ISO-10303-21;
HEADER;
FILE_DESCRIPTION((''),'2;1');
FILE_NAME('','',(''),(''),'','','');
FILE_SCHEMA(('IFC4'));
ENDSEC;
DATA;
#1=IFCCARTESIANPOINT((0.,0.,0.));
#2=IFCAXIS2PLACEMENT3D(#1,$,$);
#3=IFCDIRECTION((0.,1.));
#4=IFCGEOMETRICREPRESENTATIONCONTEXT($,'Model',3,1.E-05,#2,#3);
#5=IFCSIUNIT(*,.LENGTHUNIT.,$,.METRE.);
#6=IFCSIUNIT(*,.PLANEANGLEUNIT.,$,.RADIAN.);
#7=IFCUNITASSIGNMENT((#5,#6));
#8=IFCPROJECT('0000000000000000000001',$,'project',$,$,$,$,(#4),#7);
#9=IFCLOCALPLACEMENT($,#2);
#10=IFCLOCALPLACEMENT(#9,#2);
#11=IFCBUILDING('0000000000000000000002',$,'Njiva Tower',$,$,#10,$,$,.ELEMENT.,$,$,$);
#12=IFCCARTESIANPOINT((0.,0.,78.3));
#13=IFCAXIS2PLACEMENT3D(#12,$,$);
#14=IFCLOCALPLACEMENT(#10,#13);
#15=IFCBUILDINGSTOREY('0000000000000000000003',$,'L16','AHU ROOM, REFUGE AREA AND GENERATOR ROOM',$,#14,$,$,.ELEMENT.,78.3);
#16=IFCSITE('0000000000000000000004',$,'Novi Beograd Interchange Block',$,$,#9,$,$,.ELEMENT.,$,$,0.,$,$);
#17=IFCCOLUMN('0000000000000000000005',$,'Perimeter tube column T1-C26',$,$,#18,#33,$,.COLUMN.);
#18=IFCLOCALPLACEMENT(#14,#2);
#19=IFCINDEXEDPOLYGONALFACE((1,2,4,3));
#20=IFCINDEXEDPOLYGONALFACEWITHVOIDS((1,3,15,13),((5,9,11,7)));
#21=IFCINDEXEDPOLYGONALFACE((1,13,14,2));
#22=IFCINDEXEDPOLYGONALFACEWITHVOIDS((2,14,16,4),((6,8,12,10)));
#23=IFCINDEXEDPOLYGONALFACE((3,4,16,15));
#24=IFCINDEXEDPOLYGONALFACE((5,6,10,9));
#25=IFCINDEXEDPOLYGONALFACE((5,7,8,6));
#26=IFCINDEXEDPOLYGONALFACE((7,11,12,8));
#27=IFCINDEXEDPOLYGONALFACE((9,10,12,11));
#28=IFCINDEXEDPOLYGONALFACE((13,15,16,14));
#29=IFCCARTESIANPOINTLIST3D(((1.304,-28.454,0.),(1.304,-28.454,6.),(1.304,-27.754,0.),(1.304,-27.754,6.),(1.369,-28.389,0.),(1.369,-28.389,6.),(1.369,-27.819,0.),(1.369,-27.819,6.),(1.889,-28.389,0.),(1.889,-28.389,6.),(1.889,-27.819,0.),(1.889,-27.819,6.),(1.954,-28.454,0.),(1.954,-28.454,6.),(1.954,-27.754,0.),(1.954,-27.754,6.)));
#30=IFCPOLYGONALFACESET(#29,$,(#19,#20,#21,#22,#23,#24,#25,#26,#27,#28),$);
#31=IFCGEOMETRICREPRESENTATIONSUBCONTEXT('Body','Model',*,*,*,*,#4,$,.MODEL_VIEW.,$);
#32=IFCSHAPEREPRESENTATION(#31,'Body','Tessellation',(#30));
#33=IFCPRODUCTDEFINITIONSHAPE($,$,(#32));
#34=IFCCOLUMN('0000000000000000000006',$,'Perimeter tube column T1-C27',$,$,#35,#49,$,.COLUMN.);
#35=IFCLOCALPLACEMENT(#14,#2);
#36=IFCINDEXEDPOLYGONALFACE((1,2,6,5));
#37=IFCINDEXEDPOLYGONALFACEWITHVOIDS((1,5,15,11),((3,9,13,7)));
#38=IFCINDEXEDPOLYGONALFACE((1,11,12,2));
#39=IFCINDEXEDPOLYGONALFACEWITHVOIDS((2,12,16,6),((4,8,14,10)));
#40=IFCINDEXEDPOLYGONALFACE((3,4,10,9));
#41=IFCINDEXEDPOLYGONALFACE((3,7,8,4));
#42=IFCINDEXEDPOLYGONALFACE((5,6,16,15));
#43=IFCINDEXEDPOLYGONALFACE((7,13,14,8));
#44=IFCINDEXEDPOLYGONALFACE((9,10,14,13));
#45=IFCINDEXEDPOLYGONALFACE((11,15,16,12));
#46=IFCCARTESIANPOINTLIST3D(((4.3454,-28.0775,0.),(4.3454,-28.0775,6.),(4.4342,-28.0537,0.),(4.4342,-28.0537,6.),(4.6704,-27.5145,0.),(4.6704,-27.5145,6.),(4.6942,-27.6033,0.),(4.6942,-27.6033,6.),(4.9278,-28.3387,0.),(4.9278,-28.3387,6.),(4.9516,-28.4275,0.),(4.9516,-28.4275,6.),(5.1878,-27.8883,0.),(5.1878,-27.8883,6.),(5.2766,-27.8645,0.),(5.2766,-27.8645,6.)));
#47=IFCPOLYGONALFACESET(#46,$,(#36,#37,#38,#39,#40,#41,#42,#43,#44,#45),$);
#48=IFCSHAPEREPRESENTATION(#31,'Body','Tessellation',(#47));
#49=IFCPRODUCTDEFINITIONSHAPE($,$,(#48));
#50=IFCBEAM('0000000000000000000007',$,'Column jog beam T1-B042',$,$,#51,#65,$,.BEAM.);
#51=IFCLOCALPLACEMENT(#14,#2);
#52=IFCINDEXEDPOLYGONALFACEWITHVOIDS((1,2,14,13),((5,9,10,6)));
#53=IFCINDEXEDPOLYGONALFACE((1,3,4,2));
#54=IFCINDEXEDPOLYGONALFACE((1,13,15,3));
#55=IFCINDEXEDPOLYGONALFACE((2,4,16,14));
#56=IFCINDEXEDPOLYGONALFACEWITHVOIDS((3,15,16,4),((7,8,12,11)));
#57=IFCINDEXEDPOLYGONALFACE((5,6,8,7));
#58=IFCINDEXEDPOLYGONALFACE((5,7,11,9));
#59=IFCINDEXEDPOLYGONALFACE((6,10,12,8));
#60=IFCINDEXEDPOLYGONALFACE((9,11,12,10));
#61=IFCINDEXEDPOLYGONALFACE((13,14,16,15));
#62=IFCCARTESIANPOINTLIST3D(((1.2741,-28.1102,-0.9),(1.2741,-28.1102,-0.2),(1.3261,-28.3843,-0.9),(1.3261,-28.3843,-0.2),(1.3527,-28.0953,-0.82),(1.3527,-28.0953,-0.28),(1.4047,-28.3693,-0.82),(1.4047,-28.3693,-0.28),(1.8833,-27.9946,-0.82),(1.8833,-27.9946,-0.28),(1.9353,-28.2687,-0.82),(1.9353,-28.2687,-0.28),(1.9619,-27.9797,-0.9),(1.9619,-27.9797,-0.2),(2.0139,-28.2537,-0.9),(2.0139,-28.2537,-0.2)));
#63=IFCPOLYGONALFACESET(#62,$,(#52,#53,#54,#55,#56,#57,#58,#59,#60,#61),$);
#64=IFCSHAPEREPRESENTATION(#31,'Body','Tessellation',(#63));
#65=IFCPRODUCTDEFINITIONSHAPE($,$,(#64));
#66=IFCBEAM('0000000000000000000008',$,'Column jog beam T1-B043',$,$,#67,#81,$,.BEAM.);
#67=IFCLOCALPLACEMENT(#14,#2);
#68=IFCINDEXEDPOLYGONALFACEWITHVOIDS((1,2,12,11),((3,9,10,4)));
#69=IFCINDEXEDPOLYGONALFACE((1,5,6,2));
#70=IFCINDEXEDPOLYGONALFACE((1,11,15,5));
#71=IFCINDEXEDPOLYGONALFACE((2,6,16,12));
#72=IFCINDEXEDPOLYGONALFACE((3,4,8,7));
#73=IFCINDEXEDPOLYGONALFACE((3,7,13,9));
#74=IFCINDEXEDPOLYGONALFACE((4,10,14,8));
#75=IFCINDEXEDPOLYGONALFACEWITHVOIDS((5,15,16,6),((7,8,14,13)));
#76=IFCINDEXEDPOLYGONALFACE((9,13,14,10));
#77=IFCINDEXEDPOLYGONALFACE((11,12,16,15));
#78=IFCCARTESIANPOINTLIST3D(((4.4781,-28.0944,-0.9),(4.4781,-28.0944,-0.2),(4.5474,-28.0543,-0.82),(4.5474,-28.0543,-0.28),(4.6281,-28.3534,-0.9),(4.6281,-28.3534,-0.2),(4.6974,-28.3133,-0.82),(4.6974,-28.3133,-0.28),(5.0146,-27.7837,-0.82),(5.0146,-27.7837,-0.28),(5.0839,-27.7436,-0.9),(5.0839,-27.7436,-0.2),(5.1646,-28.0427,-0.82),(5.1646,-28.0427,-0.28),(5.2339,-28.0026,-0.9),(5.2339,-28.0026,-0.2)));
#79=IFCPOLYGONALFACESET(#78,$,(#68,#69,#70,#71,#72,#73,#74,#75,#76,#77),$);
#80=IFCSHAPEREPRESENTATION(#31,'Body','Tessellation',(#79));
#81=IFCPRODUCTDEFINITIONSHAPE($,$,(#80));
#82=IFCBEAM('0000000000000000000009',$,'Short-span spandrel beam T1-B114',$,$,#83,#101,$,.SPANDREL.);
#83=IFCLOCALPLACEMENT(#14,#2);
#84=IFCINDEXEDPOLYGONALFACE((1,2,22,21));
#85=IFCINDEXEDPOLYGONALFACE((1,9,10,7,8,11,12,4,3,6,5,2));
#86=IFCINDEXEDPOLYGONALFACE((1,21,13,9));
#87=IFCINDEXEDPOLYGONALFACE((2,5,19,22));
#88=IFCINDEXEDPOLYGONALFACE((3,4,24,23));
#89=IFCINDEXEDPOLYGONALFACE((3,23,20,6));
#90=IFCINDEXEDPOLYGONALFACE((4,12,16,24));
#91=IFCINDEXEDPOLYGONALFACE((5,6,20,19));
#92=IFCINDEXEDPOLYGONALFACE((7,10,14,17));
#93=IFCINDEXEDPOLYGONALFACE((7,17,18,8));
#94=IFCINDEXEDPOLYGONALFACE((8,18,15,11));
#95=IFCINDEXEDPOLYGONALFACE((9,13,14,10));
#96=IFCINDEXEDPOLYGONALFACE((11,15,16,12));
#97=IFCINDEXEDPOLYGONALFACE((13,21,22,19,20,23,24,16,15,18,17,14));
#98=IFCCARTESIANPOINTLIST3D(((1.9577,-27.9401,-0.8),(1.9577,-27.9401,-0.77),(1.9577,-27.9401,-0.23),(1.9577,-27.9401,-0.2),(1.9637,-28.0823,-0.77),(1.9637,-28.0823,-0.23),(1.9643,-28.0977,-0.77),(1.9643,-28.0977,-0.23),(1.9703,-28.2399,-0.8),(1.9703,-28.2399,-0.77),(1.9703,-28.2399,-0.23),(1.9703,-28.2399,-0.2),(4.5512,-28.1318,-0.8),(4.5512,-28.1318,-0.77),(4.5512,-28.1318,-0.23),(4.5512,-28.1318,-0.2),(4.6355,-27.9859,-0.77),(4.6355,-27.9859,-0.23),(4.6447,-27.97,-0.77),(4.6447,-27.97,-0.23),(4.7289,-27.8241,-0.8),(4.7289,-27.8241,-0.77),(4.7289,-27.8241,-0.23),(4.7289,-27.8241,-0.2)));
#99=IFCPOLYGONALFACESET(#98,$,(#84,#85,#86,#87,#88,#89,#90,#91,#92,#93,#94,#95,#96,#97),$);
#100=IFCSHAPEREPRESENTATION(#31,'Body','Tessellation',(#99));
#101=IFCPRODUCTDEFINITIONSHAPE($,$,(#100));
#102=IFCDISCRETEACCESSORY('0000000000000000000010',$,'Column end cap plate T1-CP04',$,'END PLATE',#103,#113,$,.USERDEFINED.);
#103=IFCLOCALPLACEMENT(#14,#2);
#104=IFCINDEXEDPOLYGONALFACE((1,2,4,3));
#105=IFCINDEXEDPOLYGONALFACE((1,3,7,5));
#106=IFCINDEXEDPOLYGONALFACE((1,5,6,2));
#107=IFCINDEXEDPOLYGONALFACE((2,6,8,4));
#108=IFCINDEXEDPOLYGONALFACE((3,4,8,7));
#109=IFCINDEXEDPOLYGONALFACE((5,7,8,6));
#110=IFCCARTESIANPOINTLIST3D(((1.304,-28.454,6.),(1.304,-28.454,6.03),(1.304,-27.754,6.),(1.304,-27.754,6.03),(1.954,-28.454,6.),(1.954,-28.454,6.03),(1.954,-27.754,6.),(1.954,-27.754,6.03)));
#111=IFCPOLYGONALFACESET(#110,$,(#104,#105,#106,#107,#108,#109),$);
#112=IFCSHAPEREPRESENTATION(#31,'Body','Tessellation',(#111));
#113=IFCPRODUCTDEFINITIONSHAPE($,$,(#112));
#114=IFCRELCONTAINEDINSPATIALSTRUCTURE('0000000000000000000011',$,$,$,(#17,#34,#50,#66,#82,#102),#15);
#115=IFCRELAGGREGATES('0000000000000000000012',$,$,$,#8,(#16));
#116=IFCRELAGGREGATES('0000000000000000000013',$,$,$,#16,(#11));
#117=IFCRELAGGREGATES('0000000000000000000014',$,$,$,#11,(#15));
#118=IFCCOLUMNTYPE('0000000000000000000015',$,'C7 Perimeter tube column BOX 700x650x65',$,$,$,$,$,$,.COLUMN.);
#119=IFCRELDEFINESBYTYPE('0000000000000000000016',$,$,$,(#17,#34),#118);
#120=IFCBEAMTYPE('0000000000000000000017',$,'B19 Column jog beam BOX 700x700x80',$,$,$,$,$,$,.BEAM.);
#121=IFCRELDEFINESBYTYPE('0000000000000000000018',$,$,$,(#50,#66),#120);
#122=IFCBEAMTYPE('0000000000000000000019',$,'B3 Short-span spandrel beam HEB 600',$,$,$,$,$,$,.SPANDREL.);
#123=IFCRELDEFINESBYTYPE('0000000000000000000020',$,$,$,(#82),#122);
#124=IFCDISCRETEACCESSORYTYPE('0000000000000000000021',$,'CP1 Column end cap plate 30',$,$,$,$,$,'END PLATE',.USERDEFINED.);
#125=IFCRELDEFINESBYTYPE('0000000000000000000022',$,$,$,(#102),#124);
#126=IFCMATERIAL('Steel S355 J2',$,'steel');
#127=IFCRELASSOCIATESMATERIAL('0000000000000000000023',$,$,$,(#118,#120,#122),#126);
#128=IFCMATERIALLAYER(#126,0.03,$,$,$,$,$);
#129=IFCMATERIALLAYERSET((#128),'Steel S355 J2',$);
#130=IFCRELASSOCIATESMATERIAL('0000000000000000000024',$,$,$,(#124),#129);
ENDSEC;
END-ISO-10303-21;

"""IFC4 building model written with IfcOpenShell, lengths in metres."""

from ifc_helpers import new_model, si_unit, direction, frame, origin, origin_2d, place, context, subcontext, project, spatial, polyline, hollow_rectangle, i_section, outline, extrude, clip, halfspace, material, layer, layer_set, material_profile, profile_set, type_object, element, save


model = new_model("IFC4")

# Units and contexts
model_context = context("Model", 3, precision=1e-05, world=origin(), true_north=direction((0.0, 1.0)))
body_context = subcontext(model_context, "Body", "Model", "MODEL_VIEW")
ifc_project = project(units=[si_unit("LENGTHUNIT", "METRE"), si_unit("PLANEANGLEUNIT", "RADIAN")], contexts=[model_context])

# Site, building, storey
site_placement = place(None, origin())
site = spatial("IfcSite", under=ifc_project, at=site_placement, Name="Novi Beograd Interchange Block", CompositionType="ELEMENT", RefElevation=0.0)
building_placement = place(site_placement, origin())
building = spatial("IfcBuilding", under=site, at=building_placement, Name="Njiva Tower", CompositionType="ELEMENT")
storey_placement = place(building_placement, frame((0.0, 0.0, 78.3)))
storey = spatial("IfcBuildingStorey", under=building, at=storey_placement, Name="L16", Description="AHU ROOM, REFUGE AREA AND GENERATOR ROOM", CompositionType="ELEMENT", Elevation=78.3)

# Columns
ifc_material_1 = material(Name="Steel S355 J2", Category="steel")
ifc_material_profile_1 = material_profile(ifc_material_1, hollow_rectangle(XDim=0.65, YDim=0.7, WallThickness=0.065, at=origin_2d()), Name="BOX 700x650x65")
ifc_profile_set_1 = profile_set([ifc_material_profile_1], Name="Steel S355 J2")
column_type = type_object("IfcColumnType", Name="C7 Perimeter tube column BOX 700x650x65", PredefinedType="COLUMN", material=ifc_profile_set_1)
for number, where, z_axis, x_axis, name in (
    (1, (1.629, -28.104, 0.0), (0.0, 0.0, 1.0), (1.0, 0.0, 0.0), "Perimeter tube column T1-C26"),
    (2, (4.811, -27.971, 0.0), (0.0, 0.0, 1.0), (0.5, 0.866025, 0.0), "Perimeter tube column T1-C27"),
):
    element("IfcColumn", number, at=place(storey_placement, frame(where, z_axis=z_axis, x_axis=x_axis)), inside=storey, type_object=column_type, Name=name, PredefinedType="COLUMN", context=body_context, shape_type="SweptSolid", body=[
        extrude(hollow_rectangle(XDim=0.65, YDim=0.7, WallThickness=0.065, at=origin_2d()), origin(), (0.0, 0.0, 1.0), 6.0),
    ])

# Beams
ifc_material_profile_2 = material_profile(ifc_material_1, hollow_rectangle(XDim=0.7, YDim=0.7, WallThickness=0.08, at=origin_2d()), Name="BOX 700x700x80")
ifc_profile_set_2 = profile_set([ifc_material_profile_2], Name="Steel S355 J2")
beam_type_1 = type_object("IfcBeamType", Name="B19 Column jog beam BOX 700x700x80", PredefinedType="BEAM", material=ifc_profile_set_2)
beam_1_placement = place(storey_placement, frame((1.67, -28.319, -0.55), z_axis=(-0.186453, 0.982464, 0.0), x_axis=(-0.982464, -0.186453, 0.0)))
element("IfcBeam", 3, at=beam_1_placement, inside=storey, type_object=beam_type_1, Name="Column jog beam T1-B042", PredefinedType="BEAM", context=body_context, shape_type="SweptSolid", body=[
    extrude(hollow_rectangle(XDim=0.7, YDim=0.7, WallThickness=0.08, at=origin_2d()), origin(), (0.0, 0.0, 1.0), 0.2789),
])
beam_2_placement = place(storey_placement, frame((4.931, -28.178, -0.55), z_axis=(-0.501168, 0.86535, 0.0), x_axis=(-0.86535, -0.501168, 0.0)))
element("IfcBeam", 4, at=beam_2_placement, inside=storey, type_object=beam_type_1, Name="Column jog beam T1-B043", PredefinedType="BEAM", context=body_context, shape_type="SweptSolid", body=[
    extrude(hollow_rectangle(XDim=0.7, YDim=0.7, WallThickness=0.08, at=origin_2d()), origin(), (0.0, 0.0, 1.0), 0.2993),
])
ifc_material_profile_3 = material_profile(ifc_material_1, i_section(OverallWidth=0.3, OverallDepth=0.6, WebThickness=0.0155, FlangeThickness=0.03, at=origin_2d()), Name="HEB 600")
ifc_profile_set_3 = profile_set([ifc_material_profile_3], Name="Steel S355 J2")
beam_type_2 = type_object("IfcBeamType", Name="B3 Short-span spandrel beam HEB 600", PredefinedType="SPANDREL", material=ifc_profile_set_3)
beam_3_placement = place(storey_placement, frame((1.964, -28.09, -0.5), z_axis=(0.999125, 0.041817, 0.0), x_axis=(-0.041817, 0.999125, 0.0)))
element("IfcBeam", 5, at=beam_3_placement, inside=storey, type_object=beam_type_2, Name="Short-span spandrel beam T1-B114", PredefinedType="SPANDREL", context=body_context, shape_type="Clipping", body=[
    clip(extrude(i_section(OverallWidth=0.3, OverallDepth=0.6, WebThickness=0.0155, FlangeThickness=0.03, at=origin_2d()), origin(), (0.0, 0.0, 1.0), 2.7933), halfspace(frame((-0.0265, 0.0, 2.6616), z_axis=(-0.535775, 0.0, 0.844361), x_axis=(0.0, 1.0, 0.0)), False)),
])

# Discrete accessory
ifc_layer_1 = layer(ifc_material_1, 0.03)
ifc_layer_set_1 = layer_set([ifc_layer_1], Name="Steel S355 J2")
discrete_accessory_type = type_object("IfcDiscreteAccessoryType", Name="CP1 Column end cap plate 30", ElementType="END PLATE", PredefinedType="USERDEFINED", material=ifc_layer_set_1)
discrete_accessory_placement = place(storey_placement, frame((1.629, -28.104, 6.0)))
element("IfcDiscreteAccessory", 6, at=discrete_accessory_placement, inside=storey, type_object=discrete_accessory_type, Name="Column end cap plate T1-CP04", ObjectType="END PLATE", PredefinedType="USERDEFINED", context=body_context, shape_type="SweptSolid", body=[
    extrude(outline(polyline([(0.325, 0.35), (-0.325, 0.35), (-0.325, -0.35), (0.325, -0.35), (0.325, 0.35)])), origin(), (0.0, 0.0, 1.0), 0.03),
])

save(model, "model.ifc")
